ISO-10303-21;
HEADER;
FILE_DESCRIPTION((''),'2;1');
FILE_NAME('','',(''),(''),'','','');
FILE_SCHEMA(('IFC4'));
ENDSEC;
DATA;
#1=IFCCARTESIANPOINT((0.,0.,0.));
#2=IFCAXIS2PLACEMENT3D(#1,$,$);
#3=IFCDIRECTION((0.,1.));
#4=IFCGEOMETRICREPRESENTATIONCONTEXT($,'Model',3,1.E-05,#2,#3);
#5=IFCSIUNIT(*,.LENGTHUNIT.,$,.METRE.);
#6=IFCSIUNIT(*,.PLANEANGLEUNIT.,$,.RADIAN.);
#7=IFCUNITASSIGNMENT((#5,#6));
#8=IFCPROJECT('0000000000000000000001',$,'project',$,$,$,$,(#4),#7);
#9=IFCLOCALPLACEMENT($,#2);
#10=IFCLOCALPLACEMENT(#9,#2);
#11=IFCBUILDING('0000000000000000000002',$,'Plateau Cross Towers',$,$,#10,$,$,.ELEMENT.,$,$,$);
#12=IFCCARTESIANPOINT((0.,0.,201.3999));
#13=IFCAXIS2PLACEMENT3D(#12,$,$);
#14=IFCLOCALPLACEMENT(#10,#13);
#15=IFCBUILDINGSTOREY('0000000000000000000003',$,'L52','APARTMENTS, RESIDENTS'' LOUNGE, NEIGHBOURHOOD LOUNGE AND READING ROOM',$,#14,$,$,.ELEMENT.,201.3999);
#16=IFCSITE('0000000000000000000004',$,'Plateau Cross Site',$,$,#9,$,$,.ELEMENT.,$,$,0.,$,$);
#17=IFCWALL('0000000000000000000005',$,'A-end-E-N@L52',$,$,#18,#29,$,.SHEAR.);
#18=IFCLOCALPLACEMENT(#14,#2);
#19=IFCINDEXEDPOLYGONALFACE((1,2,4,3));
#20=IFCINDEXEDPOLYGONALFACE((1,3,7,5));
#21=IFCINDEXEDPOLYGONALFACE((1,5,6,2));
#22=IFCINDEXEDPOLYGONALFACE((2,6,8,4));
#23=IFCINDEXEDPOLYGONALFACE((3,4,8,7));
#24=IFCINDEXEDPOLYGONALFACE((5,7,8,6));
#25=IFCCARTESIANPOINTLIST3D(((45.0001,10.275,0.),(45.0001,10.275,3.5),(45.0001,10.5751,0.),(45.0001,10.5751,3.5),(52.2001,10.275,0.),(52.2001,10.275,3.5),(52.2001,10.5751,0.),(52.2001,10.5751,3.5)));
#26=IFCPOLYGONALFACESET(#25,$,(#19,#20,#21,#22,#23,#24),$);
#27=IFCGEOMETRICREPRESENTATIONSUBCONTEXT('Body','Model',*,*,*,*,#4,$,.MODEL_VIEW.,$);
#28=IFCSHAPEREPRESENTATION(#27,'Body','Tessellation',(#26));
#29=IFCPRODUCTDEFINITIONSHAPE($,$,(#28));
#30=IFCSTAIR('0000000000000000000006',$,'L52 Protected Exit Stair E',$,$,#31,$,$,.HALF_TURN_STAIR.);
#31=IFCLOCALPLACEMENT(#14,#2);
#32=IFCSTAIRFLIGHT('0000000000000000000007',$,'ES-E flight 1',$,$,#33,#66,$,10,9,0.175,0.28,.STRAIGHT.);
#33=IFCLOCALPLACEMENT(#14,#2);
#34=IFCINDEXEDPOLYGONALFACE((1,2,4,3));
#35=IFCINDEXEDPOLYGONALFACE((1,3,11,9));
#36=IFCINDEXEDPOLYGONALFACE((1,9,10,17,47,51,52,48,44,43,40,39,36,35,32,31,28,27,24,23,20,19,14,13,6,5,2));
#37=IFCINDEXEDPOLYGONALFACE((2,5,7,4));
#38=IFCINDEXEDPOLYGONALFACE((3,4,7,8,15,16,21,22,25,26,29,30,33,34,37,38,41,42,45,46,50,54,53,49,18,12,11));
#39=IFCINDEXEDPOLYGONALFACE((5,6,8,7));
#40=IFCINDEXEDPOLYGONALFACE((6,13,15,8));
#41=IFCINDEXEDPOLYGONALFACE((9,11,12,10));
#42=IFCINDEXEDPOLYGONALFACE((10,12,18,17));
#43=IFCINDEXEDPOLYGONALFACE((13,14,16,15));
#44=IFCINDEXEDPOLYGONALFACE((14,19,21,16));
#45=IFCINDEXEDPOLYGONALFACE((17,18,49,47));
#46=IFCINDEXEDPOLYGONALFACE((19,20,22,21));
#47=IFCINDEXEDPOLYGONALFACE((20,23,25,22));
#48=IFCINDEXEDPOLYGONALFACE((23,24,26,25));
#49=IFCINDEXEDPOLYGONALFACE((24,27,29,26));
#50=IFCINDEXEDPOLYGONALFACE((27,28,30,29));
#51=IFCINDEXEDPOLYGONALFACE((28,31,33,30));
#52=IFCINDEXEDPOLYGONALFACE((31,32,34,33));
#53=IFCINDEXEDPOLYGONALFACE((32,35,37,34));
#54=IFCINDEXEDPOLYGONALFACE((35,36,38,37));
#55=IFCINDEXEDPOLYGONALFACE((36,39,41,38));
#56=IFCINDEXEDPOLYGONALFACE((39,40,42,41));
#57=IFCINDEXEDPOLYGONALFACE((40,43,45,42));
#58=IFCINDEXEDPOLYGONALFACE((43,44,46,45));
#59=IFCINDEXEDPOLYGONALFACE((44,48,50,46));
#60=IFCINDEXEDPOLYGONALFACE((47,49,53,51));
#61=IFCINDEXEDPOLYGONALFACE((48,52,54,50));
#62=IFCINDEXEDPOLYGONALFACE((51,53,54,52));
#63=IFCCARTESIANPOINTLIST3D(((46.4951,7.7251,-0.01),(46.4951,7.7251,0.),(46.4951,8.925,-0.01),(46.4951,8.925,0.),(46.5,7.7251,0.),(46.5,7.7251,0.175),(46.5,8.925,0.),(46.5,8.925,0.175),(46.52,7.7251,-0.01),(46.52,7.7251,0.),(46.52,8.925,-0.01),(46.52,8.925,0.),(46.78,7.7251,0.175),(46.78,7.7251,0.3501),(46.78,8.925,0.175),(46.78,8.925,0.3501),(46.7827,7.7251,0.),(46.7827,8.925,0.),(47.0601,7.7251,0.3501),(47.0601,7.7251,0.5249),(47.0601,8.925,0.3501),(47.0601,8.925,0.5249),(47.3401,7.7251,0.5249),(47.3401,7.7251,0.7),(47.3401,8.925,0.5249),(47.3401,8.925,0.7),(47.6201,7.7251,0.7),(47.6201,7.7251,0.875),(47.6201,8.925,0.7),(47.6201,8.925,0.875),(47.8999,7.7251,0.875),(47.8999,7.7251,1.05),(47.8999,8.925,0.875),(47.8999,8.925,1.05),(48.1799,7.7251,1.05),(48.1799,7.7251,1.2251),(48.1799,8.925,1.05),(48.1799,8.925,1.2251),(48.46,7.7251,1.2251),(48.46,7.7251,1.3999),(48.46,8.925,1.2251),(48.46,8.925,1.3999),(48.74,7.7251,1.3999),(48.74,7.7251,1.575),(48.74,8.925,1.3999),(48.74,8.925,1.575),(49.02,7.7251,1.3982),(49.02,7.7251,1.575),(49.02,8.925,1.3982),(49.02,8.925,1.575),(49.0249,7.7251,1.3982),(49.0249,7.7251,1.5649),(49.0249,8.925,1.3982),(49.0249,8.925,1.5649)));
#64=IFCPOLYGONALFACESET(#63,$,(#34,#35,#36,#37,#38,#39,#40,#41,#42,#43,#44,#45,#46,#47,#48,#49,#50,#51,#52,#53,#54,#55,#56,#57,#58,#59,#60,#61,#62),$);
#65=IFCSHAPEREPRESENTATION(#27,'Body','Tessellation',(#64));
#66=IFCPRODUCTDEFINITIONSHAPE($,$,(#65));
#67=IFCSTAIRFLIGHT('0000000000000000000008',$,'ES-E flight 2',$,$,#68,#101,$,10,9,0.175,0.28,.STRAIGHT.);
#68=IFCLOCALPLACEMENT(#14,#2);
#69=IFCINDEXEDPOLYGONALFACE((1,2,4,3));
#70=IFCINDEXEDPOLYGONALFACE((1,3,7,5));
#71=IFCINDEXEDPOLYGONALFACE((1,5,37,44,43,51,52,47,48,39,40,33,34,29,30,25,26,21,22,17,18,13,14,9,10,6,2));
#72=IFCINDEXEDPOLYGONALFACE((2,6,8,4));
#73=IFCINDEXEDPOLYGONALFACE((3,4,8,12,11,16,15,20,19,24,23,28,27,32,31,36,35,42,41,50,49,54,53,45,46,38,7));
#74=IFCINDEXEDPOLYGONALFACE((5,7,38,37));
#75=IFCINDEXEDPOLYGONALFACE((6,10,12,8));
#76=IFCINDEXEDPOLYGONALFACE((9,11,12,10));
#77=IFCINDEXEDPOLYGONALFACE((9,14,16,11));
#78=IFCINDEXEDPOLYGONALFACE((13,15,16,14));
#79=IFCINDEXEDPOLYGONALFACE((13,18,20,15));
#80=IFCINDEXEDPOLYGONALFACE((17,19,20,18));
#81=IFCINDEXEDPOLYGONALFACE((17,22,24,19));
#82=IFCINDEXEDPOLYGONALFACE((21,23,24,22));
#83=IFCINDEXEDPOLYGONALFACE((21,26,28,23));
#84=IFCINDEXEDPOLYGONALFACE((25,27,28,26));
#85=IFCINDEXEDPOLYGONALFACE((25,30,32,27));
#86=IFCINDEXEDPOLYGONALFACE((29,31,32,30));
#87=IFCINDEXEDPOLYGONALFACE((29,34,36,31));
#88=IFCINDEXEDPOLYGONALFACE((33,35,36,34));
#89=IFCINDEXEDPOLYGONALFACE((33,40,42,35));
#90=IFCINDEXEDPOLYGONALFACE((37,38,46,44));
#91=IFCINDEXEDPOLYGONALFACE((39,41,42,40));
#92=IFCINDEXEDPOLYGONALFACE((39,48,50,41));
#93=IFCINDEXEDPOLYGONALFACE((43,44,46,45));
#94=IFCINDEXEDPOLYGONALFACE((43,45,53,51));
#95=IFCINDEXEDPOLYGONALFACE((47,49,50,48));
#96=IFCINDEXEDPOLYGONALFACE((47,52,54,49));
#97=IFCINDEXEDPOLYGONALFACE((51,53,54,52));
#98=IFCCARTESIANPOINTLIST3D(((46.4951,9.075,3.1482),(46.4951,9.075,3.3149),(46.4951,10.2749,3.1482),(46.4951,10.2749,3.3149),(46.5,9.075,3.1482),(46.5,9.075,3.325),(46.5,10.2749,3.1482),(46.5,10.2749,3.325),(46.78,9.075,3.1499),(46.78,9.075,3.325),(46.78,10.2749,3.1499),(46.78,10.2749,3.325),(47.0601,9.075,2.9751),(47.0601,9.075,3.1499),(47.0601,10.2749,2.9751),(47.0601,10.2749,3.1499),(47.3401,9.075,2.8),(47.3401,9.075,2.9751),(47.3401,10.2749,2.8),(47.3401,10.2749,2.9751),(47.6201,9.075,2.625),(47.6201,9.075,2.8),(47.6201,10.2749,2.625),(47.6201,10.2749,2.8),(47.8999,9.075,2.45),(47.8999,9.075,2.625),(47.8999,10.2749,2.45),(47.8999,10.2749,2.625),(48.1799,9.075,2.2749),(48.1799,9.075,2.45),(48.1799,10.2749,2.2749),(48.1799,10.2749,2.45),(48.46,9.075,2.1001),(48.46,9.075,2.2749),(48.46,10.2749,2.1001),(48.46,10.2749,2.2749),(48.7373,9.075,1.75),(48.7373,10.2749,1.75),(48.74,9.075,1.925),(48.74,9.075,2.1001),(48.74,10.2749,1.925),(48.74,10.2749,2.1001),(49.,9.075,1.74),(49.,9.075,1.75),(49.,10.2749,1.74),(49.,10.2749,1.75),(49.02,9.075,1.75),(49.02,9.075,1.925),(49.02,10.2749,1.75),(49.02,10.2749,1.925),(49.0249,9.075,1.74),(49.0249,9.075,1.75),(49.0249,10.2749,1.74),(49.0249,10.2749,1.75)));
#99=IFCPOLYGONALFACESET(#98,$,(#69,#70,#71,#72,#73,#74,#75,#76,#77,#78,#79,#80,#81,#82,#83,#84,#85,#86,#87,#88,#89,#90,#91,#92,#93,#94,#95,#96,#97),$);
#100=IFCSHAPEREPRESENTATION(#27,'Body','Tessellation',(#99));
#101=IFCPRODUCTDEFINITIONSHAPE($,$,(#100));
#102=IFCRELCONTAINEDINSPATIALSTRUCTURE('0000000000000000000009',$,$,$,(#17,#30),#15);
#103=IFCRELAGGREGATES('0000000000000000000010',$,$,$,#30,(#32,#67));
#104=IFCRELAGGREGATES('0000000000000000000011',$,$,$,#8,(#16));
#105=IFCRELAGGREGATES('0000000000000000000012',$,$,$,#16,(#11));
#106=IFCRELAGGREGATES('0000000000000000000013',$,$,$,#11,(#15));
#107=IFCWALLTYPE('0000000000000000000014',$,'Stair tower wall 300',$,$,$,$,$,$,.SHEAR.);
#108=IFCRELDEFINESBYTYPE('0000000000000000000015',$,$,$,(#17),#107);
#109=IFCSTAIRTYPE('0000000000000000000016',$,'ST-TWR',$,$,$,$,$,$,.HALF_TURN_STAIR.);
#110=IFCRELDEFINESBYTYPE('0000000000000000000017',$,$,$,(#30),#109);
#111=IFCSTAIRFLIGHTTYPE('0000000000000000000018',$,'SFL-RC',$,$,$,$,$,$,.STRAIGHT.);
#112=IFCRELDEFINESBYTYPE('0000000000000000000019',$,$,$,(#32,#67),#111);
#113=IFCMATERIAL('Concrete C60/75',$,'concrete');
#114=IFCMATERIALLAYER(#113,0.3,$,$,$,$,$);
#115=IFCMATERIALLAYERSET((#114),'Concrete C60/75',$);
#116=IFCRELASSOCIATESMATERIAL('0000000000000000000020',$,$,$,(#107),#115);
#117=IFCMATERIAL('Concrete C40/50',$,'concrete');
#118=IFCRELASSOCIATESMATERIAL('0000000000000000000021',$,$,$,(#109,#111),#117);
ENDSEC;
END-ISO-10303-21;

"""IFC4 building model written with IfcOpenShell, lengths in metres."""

from ifc_helpers import new_model, si_unit, direction, frame, frame_2d, origin, place, context, subcontext, project, spatial, polyline, rectangle, outline, extrude, material, layer, layer_set, type_object, element, aggregate, save


model = new_model("IFC4")

# Units and contexts
model_context = context("Model", 3, precision=1e-05, world=origin(), true_north=direction((0.0, 1.0)))
body_context = subcontext(model_context, "Body", "Model", "MODEL_VIEW")
ifc_project = project(units=[si_unit("LENGTHUNIT", "METRE"), si_unit("PLANEANGLEUNIT", "RADIAN")], contexts=[model_context])

# Site, building, storey
site_placement = place(None, origin())
site = spatial("IfcSite", under=ifc_project, at=site_placement, Name="Plateau Cross Site", CompositionType="ELEMENT", RefElevation=0.0)
building_placement = place(site_placement, origin())
building = spatial("IfcBuilding", under=site, at=building_placement, Name="Plateau Cross Towers", CompositionType="ELEMENT")
storey_placement = place(building_placement, frame((0.0, 0.0, 201.3999)))
storey = spatial("IfcBuildingStorey", under=building, at=storey_placement, Name="L52", Description="APARTMENTS, RESIDENTS' LOUNGE, NEIGHBOURHOOD LOUNGE AND READING ROOM", CompositionType="ELEMENT", Elevation=201.3999)

# Shared definitions
ifc_material_1 = material(Name="Concrete C60/75", Category="concrete")
ifc_layer_1 = layer(ifc_material_1, 0.3)
ifc_layer_set_1 = layer_set([ifc_layer_1], Name="Concrete C60/75")
wall_type_1 = type_object("IfcWallType", Name="Stair tower wall 300", PredefinedType="SHEAR", material=ifc_layer_set_1)

# Wall
for number, where, z_axis, x_axis, name in (
    (1, (45.0, 10.425, 0.0), (0.0, 0.0, 1.0), (1.0, 0.0, 0.0), "A-end-E-N@L52"),
):
    element("IfcWall", number, at=place(storey_placement, frame(where, z_axis=z_axis, x_axis=x_axis)), inside=storey, type_object=wall_type_1, Name=name, PredefinedType="SHEAR", context=body_context, shape_type="SweptSolid", body=[
        extrude(rectangle(XDim=7.2, YDim=0.3, at=frame_2d((3.6001, 0.0))), origin(), (0.0, 0.0, 1.0), 3.5),
    ])

# Stair, stair flights
ifc_material_2 = material(Name="Concrete C40/50", Category="concrete")
stair_type = type_object("IfcStairType", Name="ST-TWR", PredefinedType="HALF_TURN_STAIR", material=ifc_material_2)
stair_placement = place(storey_placement, origin())
stair = element("IfcStair", 2, at=stair_placement, inside=storey, type_object=stair_type, Name="L52 Protected Exit Stair E", PredefinedType="HALF_TURN_STAIR")
stair_flight_type = type_object("IfcStairFlightType", Name="SFL-RC", PredefinedType="STRAIGHT", material=ifc_material_2)
stair_flight_1_placement = place(storey_placement, frame((46.5, 8.325, 0.0), z_axis=(0.0, 0.0, 1.0), x_axis=(1.0, 0.0, 0.0)))
stair_flight_1 = element("IfcStairFlight", 3, at=stair_flight_1_placement, type_object=stair_flight_type, Name="ES-E flight 1", NumberOfRisers=10, NumberOfTreads=9, PredefinedType="STRAIGHT", RiserHeight=0.175, TreadLength=0.28, context=body_context, shape_type="SweptSolid", body=[
    extrude(outline(polyline([(-0.0049, -0.01), (-0.0049, 0.0), (0.0, 0.0), (0.0, 0.175), (0.28, 0.175), (0.28, 0.3501), (0.5601, 0.3501), (0.5601, 0.5249), (0.8401, 0.5249), (0.8401, 0.7), (1.1201, 0.7), (1.1201, 0.875), (1.3999, 0.875), (1.3999, 1.05), (1.6799, 1.05), (1.6799, 1.2251), (1.96, 1.2251), (1.96, 1.3999), (2.24, 1.3999), (2.24, 1.575), (2.52, 1.575), (2.5249, 1.5649), (2.5249, 1.3982), (2.52, 1.3982), (0.2827, 0.0), (0.02, 0.0), (0.02, -0.01), (-0.0049, -0.01)])), frame((0.0, 0.6001, 0.0), z_axis=(0.0, -1.0, 0.0), x_axis=(1.0, 0.0, 0.0)), (0.0, 0.0, 1.0), 1.2),
])
stair_flight_2_placement = place(storey_placement, frame((49.02, 9.675, 1.75), z_axis=(0.0, 0.0, 1.0), x_axis=(-1.0, 0.0, 0.0)))
stair_flight_2 = element("IfcStairFlight", 4, at=stair_flight_2_placement, type_object=stair_flight_type, Name="ES-E flight 2", NumberOfRisers=10, NumberOfTreads=9, PredefinedType="STRAIGHT", RiserHeight=0.175, TreadLength=0.28, context=body_context, shape_type="SweptSolid", body=[
    extrude(outline(polyline([(-0.0049, -0.01), (-0.0049, 0.0), (0.0, 0.0), (0.0, 0.175), (0.28, 0.175), (0.28, 0.3501), (0.5601, 0.3501), (0.5601, 0.5249), (0.8401, 0.5249), (0.8401, 0.7), (1.1201, 0.7), (1.1201, 0.875), (1.3999, 0.875), (1.3999, 1.05), (1.6799, 1.05), (1.6799, 1.2251), (1.96, 1.2251), (1.96, 1.3999), (2.24, 1.3999), (2.24, 1.575), (2.52, 1.575), (2.5249, 1.5649), (2.5249, 1.3982), (2.52, 1.3982), (0.2827, 0.0), (0.02, 0.0), (0.02, -0.01), (-0.0049, -0.01)])), frame((0.0, 0.6001, 0.0), z_axis=(0.0, -1.0, 0.0), x_axis=(1.0, 0.0, 0.0)), (0.0, 0.0, 1.0), 1.2),
])
aggregate(stair, [stair_flight_1, stair_flight_2])

save(model, "model.ifc")
